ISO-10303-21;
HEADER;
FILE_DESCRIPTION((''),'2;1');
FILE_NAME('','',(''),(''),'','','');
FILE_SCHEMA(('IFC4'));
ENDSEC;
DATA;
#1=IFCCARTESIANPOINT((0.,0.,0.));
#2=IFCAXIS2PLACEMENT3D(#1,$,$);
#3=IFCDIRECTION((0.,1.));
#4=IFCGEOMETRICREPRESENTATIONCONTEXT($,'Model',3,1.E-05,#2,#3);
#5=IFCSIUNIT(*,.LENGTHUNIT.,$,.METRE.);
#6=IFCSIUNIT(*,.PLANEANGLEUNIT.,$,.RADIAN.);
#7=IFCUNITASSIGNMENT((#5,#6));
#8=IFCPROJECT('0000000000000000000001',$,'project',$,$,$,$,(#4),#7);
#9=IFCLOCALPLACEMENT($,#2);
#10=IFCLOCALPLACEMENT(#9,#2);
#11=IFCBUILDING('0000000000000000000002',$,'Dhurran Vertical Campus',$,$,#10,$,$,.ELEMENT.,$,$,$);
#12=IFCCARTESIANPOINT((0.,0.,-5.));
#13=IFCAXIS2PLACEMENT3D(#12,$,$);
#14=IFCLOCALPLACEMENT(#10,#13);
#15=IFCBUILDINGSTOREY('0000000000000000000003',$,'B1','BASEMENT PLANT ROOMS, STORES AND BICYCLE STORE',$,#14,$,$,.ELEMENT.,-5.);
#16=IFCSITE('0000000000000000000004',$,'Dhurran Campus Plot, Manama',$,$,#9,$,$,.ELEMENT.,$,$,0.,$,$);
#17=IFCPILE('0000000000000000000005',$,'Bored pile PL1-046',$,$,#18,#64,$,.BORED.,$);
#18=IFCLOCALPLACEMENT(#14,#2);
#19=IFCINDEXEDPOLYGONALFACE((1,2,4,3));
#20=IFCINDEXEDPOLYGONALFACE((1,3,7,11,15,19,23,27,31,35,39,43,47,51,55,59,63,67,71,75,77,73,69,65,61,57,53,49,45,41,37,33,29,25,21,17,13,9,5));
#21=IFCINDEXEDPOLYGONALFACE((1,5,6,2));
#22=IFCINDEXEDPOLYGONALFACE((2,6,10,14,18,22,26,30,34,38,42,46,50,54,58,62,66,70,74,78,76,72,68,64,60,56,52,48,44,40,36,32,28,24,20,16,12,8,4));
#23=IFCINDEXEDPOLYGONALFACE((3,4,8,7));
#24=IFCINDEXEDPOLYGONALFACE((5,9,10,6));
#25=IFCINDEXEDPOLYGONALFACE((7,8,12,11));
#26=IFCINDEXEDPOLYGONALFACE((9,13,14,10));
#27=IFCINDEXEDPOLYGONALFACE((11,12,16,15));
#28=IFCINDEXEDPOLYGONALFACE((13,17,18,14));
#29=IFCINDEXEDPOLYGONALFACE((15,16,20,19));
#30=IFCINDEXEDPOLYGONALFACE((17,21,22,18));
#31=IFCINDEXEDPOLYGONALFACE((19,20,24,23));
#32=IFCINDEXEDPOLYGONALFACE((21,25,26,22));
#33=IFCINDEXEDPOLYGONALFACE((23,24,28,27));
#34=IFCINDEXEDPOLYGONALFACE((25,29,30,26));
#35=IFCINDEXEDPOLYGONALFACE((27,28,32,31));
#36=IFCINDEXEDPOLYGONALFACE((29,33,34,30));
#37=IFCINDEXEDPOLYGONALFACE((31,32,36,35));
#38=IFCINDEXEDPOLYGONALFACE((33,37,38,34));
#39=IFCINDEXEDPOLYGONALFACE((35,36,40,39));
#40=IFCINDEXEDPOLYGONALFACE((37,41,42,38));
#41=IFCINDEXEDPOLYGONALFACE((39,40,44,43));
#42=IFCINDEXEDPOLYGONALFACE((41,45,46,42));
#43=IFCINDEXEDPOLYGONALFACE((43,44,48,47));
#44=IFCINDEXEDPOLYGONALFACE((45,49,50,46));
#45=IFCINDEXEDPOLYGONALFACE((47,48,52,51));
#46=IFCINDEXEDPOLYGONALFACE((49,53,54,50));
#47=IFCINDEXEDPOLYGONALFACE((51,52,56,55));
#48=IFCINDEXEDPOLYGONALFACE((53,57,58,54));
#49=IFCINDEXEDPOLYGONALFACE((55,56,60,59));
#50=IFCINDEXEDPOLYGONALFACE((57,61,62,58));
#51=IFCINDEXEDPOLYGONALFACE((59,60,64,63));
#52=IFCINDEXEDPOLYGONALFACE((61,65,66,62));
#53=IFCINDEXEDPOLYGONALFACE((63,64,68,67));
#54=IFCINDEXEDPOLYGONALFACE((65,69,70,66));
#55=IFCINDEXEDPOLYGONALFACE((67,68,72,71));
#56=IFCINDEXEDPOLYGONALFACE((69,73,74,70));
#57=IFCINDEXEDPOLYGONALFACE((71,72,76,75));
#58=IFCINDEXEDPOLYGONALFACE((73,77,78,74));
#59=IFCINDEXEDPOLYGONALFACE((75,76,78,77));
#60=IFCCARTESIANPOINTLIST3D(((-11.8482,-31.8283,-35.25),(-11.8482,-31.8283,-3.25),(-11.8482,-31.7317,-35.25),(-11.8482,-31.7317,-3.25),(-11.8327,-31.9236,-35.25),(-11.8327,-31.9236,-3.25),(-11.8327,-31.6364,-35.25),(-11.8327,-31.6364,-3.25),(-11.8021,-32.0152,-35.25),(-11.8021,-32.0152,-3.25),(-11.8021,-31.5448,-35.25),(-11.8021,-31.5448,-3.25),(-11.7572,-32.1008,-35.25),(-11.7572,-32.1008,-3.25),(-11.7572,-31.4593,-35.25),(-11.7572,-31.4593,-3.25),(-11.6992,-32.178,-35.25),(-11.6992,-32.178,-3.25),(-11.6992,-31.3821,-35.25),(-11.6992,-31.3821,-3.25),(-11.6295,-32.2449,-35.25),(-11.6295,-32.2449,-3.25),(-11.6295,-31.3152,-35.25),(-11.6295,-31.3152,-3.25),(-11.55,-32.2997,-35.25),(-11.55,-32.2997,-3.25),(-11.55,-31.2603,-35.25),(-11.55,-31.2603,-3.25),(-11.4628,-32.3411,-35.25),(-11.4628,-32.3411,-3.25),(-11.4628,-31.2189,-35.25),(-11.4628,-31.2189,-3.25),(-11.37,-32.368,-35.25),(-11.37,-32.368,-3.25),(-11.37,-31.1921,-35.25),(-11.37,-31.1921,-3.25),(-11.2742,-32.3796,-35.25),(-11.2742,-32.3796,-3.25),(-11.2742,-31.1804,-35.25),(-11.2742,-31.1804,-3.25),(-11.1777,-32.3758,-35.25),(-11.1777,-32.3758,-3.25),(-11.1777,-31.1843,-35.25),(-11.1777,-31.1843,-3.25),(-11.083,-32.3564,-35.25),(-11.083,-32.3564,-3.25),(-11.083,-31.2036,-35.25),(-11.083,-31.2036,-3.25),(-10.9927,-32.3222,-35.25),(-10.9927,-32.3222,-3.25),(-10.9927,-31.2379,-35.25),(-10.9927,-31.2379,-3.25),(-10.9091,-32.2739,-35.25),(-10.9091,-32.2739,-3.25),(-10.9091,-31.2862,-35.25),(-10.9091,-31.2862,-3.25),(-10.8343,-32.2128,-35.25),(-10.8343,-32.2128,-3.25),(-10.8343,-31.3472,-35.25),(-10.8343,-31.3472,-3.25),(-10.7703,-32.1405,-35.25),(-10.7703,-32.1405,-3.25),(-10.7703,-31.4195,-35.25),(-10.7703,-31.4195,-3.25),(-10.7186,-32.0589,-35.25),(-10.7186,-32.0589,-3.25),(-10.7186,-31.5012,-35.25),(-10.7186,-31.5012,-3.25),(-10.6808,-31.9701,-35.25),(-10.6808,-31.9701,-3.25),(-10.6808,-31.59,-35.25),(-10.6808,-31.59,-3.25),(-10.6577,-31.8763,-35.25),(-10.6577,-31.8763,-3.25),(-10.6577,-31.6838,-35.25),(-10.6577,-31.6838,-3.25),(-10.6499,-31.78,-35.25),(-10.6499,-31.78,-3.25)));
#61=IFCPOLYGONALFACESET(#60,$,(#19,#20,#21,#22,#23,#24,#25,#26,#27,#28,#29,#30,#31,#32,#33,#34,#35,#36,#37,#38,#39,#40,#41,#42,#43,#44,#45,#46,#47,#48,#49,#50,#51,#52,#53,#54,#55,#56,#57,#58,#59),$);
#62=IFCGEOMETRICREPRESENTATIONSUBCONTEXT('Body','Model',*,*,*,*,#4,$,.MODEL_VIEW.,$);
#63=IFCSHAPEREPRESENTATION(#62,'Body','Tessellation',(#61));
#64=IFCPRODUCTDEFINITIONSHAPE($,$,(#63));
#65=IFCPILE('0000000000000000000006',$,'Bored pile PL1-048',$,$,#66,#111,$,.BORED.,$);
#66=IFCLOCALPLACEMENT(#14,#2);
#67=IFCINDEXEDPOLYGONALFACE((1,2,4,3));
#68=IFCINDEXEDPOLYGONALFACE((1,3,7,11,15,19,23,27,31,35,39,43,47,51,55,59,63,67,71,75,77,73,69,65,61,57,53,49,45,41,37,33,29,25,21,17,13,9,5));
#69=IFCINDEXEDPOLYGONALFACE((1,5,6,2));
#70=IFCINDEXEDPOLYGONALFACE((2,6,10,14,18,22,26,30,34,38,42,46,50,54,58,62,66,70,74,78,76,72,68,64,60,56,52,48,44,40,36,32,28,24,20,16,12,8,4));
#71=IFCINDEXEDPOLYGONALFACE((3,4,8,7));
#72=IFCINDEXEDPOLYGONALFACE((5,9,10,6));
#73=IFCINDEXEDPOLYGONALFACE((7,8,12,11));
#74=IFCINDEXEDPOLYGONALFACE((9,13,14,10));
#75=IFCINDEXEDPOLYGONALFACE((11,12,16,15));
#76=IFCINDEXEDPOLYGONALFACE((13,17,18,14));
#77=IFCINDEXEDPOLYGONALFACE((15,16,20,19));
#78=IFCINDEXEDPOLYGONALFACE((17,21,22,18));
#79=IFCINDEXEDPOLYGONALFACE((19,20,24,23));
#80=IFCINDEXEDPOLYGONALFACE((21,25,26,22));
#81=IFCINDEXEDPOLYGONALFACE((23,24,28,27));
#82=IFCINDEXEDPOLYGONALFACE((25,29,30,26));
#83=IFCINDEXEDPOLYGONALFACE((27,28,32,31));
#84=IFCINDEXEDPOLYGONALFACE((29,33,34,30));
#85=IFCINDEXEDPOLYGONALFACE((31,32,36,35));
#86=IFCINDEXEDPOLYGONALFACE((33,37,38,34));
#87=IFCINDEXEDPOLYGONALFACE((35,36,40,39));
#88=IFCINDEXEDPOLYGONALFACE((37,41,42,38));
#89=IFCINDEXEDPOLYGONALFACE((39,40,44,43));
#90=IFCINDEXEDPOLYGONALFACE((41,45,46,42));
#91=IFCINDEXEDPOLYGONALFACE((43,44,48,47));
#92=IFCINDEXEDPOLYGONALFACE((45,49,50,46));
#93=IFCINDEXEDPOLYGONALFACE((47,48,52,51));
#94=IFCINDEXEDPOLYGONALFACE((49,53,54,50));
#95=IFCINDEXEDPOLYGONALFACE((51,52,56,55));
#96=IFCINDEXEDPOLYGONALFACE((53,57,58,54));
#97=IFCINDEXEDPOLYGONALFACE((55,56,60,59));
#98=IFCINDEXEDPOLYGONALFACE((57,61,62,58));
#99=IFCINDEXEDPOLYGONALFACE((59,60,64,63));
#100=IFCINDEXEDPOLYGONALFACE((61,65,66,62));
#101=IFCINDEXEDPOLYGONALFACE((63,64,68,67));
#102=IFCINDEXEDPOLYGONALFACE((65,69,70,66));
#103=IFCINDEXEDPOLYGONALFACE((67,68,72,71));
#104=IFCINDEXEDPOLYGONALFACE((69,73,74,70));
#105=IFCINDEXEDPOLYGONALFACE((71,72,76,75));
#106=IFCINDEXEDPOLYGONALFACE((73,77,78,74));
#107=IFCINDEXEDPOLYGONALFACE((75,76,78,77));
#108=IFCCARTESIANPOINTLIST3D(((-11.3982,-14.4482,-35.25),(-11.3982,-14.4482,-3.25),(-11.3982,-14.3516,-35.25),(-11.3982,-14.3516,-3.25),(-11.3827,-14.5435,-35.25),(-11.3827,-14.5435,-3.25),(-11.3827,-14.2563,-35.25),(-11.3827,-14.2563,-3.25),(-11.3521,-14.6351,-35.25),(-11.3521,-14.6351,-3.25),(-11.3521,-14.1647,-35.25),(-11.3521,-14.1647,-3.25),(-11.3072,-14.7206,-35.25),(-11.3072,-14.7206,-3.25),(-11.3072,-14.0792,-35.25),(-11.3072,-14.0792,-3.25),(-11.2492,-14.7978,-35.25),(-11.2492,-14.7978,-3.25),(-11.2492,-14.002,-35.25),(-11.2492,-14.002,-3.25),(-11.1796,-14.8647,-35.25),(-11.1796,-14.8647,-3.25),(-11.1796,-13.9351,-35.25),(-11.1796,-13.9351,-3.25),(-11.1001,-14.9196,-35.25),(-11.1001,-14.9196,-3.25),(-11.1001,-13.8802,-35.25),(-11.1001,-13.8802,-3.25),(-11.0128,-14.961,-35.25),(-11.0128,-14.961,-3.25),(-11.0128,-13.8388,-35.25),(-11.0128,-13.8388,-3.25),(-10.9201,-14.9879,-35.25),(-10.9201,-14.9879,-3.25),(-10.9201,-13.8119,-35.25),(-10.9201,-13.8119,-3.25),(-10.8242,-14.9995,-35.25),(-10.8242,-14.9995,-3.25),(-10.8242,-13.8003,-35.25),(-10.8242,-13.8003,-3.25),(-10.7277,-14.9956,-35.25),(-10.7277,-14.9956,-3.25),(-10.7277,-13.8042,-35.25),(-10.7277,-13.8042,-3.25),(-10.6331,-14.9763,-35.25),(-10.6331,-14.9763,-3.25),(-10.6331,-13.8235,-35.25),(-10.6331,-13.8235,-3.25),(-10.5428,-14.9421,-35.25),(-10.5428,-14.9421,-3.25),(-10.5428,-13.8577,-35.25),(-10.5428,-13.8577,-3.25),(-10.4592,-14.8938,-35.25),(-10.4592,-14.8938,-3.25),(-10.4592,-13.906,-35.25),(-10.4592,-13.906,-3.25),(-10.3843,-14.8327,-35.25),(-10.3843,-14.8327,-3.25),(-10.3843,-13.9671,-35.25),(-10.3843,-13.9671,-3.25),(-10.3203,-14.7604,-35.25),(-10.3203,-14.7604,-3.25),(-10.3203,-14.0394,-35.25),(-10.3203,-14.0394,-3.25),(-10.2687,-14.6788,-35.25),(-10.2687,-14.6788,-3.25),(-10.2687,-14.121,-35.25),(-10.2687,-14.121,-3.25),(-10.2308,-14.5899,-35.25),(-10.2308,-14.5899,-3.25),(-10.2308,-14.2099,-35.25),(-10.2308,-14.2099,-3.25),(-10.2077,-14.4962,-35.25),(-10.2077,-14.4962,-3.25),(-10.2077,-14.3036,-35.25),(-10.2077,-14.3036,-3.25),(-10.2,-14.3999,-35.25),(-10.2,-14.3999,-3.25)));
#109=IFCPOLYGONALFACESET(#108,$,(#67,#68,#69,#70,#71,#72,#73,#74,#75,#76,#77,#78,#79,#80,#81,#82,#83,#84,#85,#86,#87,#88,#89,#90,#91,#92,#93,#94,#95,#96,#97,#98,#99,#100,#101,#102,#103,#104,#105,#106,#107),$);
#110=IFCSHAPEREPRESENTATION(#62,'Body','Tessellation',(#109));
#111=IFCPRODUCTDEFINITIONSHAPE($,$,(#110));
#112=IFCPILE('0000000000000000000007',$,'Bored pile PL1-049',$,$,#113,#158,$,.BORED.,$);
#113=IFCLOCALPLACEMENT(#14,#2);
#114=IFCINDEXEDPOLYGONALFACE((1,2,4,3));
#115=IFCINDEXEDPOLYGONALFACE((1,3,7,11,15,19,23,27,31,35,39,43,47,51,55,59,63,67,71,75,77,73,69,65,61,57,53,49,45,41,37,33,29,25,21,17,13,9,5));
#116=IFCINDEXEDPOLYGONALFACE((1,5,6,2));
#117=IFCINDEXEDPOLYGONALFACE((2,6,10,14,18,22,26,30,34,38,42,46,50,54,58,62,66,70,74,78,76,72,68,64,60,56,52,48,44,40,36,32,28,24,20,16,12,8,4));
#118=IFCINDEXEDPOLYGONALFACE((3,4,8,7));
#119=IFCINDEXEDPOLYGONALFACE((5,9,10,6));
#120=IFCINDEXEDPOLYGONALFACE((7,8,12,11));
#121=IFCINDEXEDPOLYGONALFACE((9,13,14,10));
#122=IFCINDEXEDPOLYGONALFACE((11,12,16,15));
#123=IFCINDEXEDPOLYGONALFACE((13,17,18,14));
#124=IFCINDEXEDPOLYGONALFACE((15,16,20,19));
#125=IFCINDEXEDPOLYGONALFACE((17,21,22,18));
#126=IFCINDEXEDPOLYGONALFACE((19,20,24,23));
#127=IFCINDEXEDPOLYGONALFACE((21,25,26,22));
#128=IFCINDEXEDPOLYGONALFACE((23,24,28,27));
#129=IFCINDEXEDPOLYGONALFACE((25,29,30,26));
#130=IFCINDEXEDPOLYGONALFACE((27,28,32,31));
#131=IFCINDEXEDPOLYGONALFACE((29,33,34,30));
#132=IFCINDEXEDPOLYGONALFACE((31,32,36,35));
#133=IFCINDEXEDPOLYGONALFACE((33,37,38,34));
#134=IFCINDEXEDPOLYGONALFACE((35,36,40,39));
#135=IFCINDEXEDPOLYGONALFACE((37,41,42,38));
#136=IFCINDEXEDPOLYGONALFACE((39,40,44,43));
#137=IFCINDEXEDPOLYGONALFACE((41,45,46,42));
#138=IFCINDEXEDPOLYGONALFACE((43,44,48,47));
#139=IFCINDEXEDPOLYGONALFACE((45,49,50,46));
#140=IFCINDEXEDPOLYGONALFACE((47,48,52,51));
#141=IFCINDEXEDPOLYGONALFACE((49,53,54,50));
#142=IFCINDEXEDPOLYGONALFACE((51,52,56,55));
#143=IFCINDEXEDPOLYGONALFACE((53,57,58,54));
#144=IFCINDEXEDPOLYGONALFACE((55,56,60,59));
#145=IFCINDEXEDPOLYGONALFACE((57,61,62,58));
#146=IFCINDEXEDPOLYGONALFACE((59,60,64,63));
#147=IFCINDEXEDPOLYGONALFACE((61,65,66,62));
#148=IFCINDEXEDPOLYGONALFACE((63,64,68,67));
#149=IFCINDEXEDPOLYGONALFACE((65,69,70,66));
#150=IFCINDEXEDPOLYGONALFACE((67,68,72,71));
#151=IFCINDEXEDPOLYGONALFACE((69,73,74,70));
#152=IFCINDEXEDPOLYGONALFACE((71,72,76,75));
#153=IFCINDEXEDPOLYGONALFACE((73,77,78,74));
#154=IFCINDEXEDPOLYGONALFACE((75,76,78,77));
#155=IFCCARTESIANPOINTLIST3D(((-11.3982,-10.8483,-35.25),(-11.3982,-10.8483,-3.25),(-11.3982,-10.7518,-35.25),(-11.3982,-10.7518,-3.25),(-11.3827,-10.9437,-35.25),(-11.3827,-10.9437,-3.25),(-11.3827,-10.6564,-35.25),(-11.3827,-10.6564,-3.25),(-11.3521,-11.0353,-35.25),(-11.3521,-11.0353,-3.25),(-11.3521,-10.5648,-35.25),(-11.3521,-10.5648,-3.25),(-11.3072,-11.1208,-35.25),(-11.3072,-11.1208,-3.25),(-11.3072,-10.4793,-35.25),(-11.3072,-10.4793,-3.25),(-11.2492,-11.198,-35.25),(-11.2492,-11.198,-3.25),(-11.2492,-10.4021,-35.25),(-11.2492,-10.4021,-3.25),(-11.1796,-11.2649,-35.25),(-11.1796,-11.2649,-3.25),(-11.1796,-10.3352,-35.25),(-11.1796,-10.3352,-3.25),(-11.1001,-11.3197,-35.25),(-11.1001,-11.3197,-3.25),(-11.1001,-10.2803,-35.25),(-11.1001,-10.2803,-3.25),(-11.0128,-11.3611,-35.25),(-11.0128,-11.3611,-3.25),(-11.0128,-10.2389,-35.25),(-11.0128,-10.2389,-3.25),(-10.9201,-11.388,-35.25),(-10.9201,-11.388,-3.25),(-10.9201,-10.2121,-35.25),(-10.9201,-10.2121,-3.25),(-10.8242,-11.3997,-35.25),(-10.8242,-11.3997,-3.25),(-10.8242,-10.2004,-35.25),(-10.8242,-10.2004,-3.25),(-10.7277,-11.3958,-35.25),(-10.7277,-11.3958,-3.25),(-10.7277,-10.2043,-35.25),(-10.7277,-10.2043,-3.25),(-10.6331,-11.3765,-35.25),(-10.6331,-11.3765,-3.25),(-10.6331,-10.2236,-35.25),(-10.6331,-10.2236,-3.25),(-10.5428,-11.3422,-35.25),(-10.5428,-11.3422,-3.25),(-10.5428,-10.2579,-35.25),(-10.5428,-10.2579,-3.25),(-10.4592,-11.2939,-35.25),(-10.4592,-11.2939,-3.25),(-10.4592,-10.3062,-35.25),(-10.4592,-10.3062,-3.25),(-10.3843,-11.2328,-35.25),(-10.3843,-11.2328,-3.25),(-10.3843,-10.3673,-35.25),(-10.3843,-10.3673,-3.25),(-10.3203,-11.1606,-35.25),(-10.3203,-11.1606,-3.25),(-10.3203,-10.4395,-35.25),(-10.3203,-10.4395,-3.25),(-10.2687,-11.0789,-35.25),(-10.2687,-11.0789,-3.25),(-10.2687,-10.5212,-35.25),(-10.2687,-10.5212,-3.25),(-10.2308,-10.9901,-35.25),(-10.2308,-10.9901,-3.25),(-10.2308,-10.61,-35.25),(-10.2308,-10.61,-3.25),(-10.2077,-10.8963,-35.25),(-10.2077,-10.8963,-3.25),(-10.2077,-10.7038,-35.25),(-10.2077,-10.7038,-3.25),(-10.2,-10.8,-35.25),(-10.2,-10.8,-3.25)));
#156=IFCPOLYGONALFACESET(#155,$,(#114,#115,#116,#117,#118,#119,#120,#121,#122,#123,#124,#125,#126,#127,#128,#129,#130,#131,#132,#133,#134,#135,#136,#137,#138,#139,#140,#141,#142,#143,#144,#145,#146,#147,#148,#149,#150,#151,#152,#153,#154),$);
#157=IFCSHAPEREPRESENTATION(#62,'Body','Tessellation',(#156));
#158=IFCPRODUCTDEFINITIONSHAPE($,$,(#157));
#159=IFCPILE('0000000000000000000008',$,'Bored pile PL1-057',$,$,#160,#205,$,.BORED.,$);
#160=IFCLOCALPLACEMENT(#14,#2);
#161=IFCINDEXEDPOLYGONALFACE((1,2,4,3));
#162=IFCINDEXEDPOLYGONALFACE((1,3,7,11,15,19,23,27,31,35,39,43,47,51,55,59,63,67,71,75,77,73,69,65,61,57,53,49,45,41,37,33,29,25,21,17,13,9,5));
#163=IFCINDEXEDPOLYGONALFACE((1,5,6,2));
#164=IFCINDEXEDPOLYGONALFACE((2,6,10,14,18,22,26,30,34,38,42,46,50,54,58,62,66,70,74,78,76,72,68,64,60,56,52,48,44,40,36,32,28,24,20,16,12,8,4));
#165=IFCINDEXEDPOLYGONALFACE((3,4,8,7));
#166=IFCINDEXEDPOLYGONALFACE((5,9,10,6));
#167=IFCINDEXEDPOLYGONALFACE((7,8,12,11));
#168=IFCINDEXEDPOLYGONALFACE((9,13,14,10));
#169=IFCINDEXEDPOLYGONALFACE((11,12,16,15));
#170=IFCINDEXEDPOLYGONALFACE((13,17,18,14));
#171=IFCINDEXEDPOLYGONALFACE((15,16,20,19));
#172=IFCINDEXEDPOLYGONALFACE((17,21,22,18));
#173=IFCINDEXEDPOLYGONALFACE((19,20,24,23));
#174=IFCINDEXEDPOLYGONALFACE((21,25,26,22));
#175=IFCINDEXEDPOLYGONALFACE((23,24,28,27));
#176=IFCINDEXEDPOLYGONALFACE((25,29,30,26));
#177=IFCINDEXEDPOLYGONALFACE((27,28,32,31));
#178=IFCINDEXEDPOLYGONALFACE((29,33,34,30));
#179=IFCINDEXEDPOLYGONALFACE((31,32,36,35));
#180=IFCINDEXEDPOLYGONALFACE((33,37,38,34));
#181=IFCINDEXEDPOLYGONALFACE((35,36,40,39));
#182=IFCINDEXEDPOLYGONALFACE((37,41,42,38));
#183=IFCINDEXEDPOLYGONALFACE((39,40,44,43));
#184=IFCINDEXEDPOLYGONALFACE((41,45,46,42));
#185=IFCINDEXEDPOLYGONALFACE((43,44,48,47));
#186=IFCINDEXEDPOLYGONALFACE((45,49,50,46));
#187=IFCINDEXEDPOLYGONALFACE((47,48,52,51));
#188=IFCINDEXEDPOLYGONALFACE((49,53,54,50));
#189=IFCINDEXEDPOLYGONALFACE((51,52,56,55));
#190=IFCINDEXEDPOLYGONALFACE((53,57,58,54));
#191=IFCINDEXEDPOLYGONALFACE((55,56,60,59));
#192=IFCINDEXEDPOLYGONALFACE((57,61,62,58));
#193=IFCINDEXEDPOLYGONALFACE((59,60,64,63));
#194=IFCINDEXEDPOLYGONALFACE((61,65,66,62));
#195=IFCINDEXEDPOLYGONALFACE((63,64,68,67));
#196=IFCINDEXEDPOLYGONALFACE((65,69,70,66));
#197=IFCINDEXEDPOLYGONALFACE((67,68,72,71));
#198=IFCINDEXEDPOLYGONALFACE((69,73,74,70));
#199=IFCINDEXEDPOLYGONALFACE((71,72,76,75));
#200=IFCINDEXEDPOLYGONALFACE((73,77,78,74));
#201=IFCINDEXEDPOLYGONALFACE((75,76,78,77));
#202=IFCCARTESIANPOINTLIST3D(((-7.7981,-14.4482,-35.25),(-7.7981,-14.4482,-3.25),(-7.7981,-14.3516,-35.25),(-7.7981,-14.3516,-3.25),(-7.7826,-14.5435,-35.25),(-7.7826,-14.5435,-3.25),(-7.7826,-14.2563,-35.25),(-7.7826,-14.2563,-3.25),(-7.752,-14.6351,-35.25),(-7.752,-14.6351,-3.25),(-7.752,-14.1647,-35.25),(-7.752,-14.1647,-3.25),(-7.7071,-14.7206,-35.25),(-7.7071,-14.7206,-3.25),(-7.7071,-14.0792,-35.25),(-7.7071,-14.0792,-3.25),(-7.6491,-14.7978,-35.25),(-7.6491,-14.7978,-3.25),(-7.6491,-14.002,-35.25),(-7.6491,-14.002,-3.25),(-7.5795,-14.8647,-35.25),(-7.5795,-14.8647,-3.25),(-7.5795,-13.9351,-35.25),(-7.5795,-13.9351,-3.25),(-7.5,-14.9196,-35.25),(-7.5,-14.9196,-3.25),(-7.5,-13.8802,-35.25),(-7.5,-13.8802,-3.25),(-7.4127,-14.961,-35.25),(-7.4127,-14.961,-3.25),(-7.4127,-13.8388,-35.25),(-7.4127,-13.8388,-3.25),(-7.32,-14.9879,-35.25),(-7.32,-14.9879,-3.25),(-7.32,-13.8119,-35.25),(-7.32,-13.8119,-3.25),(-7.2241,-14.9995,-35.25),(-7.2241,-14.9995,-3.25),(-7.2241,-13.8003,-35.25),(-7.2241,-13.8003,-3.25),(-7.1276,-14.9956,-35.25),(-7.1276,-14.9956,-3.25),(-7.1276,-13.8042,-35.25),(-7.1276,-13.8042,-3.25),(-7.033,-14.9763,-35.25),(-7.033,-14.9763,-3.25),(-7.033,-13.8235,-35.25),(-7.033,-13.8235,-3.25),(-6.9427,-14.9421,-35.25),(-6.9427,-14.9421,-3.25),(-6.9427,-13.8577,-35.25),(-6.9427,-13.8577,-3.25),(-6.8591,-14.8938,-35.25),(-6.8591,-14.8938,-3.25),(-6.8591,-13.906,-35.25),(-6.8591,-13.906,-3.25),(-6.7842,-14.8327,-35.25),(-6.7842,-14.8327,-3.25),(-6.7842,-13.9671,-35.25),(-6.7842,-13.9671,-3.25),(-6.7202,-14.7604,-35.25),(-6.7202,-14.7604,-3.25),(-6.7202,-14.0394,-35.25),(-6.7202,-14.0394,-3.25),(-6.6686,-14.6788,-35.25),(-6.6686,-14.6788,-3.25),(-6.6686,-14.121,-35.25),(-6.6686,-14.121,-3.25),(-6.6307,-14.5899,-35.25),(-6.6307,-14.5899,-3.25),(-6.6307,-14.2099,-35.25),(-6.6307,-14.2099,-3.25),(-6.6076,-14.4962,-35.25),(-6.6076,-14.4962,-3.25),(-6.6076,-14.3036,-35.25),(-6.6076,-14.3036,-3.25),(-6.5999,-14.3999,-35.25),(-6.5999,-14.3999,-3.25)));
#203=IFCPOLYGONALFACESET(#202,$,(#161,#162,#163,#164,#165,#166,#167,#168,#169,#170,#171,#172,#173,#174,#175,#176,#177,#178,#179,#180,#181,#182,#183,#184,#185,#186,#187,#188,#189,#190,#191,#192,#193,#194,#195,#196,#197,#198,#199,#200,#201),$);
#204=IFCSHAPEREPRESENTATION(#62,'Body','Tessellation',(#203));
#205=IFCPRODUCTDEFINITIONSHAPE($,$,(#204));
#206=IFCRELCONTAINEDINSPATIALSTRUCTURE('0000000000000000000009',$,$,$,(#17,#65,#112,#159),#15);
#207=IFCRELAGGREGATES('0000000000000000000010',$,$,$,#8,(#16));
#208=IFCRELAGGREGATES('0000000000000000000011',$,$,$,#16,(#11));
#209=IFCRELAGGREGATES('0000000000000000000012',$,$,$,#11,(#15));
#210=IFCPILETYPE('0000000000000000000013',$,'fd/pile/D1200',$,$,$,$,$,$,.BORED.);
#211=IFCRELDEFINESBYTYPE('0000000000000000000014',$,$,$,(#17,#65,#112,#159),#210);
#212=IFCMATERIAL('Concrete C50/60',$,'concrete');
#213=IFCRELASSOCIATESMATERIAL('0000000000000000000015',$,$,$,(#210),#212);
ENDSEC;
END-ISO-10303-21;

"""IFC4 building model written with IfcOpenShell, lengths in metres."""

from ifc_helpers import new_model, si_unit, direction, frame, origin, origin_2d, place, context, subcontext, project, spatial, circle, extrude, material, material_profile, profile_set, type_object, element, save


model = new_model("IFC4")

# Units and contexts
model_context = context("Model", 3, precision=1e-05, world=origin(), true_north=direction((0.0, 1.0)))
body_context = subcontext(model_context, "Body", "Model", "MODEL_VIEW")
ifc_project = project(units=[si_unit("LENGTHUNIT", "METRE"), si_unit("PLANEANGLEUNIT", "RADIAN")], contexts=[model_context])

# Site, building, storey
site_placement = place(None, origin())
site = spatial("IfcSite", under=ifc_project, at=site_placement, Name="Dhurran Campus Plot, Manama", CompositionType="ELEMENT", RefElevation=0.0)
building_placement = place(site_placement, origin())
building = spatial("IfcBuilding", under=site, at=building_placement, Name="Dhurran Vertical Campus", CompositionType="ELEMENT")
storey_placement = place(building_placement, frame((0.0, 0.0, -5.0)))
storey = spatial("IfcBuildingStorey", under=building, at=storey_placement, Name="B1", Description="BASEMENT PLANT ROOMS, STORES AND BICYCLE STORE", CompositionType="ELEMENT", Elevation=-5.0)

# Piles
ifc_material_1 = material(Name="Concrete C50/60", Category="concrete")
ifc_material_profile_1 = material_profile(ifc_material_1, circle(Radius=0.6001, at=origin_2d()), Name="fd/pile/D1200")
ifc_profile_set_1 = profile_set([ifc_material_profile_1], Name="Concrete C50/60")
pile_type = type_object("IfcPileType", Name="fd/pile/D1200", PredefinedType="BORED", material=ifc_profile_set_1)
for number, where, z_axis, x_axis, name in (
    (1, (-11.25, -31.78, -3.25), (0.0, 0.0, -1.0), (1.0, 0.0, 0.0), "Bored pile PL1-046"),
    (2, (-10.8, -14.3999, -3.25), (0.0, 0.0, -1.0), (1.0, 0.0, 0.0), "Bored pile PL1-048"),
    (3, (-10.8, -10.8, -3.25), (0.0, 0.0, -1.0), (1.0, 0.0, 0.0), "Bored pile PL1-049"),
    (4, (-7.2, -14.3999, -3.25), (0.0, 0.0, -1.0), (1.0, 0.0, 0.0), "Bored pile PL1-057"),
):
    element("IfcPile", number, at=place(storey_placement, frame(where, z_axis=z_axis, x_axis=x_axis)), inside=storey, type_object=pile_type, Name=name, PredefinedType="BORED", context=body_context, shape_type="SweptSolid", body=[
        extrude(circle(Radius=0.6001, at=origin_2d()), origin(), (0.0, 0.0, 1.0), 32.0),
    ])

save(model, "model.ifc")
